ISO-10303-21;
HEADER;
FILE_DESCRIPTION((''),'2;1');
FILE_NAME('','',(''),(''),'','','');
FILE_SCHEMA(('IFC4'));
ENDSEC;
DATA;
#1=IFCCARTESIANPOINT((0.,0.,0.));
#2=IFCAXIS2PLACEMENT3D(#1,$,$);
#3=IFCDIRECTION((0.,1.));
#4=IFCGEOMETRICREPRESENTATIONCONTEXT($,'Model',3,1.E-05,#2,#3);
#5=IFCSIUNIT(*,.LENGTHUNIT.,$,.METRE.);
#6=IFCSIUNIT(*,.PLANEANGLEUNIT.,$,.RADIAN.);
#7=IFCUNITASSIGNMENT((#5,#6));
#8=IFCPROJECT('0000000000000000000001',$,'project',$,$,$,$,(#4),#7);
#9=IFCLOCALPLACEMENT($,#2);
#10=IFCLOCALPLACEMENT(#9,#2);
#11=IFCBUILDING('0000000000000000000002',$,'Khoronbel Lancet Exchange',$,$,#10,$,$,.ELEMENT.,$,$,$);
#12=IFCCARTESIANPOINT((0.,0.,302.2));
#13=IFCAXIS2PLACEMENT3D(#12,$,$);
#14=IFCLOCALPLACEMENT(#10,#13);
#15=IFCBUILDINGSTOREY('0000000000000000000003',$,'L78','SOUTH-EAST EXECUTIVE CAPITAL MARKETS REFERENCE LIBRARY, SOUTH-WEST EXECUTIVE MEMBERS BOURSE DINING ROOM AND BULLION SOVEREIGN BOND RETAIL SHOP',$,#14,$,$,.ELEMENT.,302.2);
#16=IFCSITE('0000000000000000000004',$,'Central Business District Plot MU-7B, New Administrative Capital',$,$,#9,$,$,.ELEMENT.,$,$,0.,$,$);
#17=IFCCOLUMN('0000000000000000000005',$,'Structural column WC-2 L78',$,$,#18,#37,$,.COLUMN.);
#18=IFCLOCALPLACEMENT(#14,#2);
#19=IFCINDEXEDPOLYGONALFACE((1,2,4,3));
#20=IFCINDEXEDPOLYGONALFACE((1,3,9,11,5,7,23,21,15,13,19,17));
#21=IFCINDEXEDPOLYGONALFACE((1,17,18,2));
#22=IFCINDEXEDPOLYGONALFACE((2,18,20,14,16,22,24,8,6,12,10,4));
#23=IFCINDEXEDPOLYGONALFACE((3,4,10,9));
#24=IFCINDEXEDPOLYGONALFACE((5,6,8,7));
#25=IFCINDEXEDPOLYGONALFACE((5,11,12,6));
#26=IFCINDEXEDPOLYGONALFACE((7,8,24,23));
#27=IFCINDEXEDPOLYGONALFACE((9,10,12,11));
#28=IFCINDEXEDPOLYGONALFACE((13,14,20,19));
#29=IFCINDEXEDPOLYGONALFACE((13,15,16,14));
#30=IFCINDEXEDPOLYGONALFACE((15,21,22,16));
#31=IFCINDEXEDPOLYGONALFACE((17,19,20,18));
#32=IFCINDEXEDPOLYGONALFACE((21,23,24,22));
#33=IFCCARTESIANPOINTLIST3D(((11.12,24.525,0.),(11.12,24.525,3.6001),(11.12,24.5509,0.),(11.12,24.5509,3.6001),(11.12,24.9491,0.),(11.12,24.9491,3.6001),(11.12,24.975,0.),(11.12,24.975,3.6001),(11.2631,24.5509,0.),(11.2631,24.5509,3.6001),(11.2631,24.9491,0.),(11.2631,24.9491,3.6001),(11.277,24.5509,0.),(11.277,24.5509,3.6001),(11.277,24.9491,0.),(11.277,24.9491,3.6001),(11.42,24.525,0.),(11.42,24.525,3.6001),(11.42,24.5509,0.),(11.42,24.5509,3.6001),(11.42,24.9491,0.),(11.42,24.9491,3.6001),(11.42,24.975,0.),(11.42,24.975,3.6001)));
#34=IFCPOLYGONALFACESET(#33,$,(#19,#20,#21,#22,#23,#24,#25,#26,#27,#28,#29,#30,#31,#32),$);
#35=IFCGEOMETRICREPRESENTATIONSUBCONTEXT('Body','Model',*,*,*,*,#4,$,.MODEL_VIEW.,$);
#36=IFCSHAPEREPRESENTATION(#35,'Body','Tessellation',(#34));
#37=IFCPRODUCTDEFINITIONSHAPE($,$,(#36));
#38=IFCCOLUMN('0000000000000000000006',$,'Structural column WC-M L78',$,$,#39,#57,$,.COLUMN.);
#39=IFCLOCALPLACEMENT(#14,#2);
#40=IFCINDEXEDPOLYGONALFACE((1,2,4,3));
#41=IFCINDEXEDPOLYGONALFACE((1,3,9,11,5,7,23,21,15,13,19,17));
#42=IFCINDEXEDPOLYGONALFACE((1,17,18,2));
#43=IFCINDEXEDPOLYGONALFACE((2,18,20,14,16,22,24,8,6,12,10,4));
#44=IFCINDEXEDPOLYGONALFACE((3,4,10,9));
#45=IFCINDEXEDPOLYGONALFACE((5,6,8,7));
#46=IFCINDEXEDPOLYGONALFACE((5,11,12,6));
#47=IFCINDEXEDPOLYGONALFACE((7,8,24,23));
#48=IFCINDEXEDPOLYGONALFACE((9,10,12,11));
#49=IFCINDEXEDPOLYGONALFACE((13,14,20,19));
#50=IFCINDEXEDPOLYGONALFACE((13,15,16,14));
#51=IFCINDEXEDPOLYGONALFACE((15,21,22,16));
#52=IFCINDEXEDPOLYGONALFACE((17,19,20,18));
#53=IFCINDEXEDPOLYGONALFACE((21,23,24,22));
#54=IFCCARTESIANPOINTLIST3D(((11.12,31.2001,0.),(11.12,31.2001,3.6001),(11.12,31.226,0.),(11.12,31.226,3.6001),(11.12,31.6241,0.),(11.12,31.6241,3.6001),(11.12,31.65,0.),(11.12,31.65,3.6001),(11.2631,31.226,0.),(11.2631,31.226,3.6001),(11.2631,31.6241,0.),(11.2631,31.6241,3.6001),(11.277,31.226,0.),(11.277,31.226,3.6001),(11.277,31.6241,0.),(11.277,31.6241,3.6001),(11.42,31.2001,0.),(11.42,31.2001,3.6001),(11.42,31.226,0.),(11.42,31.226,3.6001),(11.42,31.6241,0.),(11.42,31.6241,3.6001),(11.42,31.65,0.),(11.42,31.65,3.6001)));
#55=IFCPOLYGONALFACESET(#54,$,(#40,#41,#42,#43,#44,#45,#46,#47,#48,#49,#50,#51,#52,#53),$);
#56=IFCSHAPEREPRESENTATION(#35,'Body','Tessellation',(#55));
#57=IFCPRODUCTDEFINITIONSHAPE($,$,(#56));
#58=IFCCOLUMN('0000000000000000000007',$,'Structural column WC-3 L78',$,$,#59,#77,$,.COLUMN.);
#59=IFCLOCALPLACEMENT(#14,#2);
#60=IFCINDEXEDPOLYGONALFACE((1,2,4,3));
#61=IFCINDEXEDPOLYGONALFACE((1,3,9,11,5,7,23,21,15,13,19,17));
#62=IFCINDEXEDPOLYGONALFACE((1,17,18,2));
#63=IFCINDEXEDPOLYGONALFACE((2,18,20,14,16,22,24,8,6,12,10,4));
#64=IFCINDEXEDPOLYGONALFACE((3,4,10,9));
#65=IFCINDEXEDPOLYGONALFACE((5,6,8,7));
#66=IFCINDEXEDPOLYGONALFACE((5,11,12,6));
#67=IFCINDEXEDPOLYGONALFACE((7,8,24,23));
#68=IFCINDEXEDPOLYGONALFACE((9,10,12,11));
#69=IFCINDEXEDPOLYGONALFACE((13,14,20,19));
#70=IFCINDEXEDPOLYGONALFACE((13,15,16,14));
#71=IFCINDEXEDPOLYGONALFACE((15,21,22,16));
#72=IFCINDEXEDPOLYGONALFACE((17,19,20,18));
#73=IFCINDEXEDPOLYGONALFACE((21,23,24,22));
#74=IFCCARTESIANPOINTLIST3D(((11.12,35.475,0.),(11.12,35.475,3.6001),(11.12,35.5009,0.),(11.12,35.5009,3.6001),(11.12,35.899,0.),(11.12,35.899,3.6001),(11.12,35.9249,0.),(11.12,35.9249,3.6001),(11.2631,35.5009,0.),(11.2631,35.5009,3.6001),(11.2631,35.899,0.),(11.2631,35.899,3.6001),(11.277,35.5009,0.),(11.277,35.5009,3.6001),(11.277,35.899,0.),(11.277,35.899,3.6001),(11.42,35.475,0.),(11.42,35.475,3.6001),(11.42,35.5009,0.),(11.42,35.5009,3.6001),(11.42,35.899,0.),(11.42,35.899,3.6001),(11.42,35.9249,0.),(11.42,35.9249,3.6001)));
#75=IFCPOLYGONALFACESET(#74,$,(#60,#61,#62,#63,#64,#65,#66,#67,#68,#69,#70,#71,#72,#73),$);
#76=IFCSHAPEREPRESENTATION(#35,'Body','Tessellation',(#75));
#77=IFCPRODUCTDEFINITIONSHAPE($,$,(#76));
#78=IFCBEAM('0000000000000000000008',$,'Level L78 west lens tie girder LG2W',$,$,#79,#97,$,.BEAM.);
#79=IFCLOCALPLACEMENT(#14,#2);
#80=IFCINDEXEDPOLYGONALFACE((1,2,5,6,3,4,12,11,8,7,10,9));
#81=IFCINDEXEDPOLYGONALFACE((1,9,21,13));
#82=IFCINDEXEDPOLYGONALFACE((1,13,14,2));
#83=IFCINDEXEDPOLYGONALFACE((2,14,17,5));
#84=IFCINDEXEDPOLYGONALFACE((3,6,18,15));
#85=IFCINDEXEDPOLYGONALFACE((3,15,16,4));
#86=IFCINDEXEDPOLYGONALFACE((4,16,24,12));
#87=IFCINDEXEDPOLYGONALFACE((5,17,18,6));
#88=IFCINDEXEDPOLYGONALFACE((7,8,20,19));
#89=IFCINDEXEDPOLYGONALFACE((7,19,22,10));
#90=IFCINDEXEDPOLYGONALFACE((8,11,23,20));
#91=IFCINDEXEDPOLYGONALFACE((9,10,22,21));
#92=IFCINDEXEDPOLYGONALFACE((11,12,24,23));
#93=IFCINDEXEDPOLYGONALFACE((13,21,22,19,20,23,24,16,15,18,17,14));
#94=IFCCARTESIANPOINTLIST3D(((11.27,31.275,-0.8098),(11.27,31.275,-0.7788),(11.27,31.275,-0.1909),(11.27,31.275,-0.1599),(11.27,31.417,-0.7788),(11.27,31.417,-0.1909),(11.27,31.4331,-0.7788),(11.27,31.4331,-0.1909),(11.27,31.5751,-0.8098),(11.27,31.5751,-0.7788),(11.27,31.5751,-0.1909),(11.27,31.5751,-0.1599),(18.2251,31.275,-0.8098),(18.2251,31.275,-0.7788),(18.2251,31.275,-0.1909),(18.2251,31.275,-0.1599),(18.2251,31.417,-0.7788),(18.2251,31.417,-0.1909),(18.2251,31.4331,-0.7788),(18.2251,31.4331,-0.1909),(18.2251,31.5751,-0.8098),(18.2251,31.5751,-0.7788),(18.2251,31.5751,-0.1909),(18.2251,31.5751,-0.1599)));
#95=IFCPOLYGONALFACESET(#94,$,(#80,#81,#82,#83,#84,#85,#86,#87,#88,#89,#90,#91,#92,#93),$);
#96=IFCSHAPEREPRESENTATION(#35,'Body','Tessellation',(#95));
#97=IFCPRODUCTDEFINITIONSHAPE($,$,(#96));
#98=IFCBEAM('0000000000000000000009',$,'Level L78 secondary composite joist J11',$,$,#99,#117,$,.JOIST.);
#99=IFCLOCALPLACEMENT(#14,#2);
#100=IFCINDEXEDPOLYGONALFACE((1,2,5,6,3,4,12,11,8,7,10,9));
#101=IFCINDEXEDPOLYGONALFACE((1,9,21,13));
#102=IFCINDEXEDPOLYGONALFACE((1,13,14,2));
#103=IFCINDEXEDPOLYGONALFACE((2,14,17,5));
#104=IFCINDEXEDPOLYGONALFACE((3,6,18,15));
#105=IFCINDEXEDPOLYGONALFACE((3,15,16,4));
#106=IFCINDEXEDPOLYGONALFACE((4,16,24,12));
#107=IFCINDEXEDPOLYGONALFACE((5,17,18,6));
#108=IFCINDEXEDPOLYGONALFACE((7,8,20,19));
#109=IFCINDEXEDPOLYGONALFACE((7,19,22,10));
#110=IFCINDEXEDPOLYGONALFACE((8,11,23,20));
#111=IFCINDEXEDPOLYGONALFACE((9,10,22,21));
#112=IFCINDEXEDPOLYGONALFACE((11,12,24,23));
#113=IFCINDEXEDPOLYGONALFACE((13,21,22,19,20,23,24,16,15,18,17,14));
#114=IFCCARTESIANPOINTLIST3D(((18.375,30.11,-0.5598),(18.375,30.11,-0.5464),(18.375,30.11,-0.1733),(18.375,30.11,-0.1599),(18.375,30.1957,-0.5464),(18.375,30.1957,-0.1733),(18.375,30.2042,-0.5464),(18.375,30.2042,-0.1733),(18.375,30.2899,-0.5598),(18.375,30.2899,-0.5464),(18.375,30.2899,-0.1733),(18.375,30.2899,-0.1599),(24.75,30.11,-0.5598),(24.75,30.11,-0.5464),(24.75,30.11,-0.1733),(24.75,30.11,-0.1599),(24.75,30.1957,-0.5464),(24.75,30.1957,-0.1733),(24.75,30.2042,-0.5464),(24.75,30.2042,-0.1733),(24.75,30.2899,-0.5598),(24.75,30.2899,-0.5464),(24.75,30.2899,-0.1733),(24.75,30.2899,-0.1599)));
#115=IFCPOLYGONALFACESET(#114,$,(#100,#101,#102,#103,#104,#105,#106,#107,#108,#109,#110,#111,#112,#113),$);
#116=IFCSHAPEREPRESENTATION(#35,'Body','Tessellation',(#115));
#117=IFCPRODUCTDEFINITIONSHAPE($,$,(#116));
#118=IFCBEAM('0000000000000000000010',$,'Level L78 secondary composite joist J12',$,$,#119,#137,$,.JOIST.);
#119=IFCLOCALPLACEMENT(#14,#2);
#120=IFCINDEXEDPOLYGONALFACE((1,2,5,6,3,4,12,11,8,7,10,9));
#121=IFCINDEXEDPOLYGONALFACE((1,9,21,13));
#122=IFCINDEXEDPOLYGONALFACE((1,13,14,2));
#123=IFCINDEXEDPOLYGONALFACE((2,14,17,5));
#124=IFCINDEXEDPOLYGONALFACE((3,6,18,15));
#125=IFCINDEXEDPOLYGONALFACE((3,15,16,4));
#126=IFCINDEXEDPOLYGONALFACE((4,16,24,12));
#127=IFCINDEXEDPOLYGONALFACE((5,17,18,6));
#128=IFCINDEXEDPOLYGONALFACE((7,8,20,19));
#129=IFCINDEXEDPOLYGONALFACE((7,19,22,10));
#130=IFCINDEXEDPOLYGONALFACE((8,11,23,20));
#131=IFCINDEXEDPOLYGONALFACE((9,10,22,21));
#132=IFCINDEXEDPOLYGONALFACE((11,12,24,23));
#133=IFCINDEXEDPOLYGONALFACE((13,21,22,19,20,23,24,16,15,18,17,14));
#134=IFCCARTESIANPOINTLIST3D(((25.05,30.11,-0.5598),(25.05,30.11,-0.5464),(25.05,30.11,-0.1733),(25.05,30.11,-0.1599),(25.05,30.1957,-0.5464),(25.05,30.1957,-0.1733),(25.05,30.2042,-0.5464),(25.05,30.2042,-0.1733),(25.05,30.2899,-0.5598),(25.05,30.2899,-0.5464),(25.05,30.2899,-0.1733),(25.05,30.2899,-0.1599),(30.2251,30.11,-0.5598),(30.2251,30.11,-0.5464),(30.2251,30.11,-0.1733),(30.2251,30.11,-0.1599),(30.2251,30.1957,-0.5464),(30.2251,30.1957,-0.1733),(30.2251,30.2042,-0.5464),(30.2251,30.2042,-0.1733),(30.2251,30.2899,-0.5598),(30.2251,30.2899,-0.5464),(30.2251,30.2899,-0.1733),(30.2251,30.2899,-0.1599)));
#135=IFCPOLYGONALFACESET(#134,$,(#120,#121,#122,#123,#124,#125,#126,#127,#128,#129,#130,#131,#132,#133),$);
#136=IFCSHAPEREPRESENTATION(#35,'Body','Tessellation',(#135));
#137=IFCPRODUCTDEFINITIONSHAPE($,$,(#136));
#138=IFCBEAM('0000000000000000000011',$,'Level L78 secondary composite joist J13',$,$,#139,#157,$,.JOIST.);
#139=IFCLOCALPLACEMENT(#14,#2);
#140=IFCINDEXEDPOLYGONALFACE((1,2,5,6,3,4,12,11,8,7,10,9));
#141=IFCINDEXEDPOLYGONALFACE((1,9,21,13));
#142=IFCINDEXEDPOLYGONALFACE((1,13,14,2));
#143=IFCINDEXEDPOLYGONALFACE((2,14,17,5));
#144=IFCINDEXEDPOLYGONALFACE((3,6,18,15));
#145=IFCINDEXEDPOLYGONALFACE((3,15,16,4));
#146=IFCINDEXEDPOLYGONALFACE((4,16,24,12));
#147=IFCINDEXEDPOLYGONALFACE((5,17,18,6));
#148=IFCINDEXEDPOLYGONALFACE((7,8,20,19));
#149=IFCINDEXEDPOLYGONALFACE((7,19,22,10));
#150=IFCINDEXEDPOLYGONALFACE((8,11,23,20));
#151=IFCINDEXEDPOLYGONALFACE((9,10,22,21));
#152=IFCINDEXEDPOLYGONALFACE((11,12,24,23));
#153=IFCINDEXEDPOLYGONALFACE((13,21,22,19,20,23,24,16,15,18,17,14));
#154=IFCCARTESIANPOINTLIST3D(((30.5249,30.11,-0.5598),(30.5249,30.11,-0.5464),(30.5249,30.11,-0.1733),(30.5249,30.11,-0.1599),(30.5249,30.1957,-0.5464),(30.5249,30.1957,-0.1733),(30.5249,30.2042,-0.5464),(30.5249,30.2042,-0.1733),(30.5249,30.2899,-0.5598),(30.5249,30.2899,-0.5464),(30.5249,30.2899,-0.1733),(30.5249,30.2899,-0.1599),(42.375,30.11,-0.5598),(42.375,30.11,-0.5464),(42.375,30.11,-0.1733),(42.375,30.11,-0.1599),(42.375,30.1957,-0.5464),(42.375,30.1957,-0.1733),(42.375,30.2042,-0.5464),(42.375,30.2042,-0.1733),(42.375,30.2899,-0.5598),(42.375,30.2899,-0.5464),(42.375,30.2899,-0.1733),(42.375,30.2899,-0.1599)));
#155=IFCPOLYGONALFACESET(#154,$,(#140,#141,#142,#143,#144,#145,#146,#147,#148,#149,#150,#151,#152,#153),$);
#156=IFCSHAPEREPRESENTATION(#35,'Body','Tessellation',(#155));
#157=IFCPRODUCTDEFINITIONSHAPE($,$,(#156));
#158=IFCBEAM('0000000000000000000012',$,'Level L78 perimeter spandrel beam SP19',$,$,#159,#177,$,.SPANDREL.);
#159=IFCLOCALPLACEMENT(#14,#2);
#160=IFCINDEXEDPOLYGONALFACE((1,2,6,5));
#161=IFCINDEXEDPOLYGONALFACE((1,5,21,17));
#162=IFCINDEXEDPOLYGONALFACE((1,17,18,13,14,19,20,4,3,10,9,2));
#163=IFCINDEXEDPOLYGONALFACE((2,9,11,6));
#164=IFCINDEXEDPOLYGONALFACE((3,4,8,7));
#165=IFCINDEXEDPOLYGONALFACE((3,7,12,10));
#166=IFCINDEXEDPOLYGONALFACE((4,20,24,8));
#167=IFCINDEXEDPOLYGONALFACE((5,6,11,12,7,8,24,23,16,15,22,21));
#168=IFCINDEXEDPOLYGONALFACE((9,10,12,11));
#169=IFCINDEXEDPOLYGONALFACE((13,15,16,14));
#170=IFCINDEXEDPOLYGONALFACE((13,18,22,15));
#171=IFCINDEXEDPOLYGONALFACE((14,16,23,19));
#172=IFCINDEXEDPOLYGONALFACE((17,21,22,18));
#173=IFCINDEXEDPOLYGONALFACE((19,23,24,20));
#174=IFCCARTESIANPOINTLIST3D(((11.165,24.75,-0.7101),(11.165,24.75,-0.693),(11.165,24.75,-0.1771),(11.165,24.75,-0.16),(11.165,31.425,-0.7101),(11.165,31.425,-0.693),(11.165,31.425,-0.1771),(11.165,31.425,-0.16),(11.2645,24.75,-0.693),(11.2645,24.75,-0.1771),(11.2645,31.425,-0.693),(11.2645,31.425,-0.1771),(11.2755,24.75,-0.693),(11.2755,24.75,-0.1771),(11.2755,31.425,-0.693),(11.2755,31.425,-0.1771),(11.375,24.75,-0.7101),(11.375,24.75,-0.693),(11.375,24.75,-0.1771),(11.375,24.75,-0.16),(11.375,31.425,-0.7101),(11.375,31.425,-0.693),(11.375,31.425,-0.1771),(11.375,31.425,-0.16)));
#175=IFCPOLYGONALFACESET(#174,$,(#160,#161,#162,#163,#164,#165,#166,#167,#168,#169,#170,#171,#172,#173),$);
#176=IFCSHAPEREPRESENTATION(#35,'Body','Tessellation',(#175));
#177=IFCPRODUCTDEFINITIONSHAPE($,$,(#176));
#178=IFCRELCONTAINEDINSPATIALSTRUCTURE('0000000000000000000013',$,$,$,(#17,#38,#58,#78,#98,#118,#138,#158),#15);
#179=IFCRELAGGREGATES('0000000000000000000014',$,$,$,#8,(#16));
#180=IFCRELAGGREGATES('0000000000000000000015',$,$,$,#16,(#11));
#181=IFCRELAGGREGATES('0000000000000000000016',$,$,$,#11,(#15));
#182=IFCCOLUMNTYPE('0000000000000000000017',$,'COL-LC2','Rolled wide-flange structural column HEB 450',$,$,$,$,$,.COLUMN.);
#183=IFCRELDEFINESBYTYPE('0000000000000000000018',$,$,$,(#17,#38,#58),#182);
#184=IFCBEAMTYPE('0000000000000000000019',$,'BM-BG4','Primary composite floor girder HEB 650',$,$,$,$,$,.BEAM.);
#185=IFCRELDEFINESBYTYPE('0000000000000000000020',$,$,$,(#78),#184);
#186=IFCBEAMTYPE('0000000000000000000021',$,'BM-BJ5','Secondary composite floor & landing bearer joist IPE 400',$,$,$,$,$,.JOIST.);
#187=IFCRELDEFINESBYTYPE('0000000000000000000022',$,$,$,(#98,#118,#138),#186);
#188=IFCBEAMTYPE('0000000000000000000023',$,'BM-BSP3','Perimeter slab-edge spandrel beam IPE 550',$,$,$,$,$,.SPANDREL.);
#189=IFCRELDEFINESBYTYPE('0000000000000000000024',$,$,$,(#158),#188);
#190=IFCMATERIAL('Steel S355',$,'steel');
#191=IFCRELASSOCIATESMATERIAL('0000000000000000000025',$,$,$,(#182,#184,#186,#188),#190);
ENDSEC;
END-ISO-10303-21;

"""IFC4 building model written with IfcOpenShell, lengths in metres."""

from ifc_helpers import new_model, si_unit, direction, frame, origin, origin_2d, place, context, subcontext, project, spatial, i_section, extrude, material, material_profile, profile_set, type_object, element, save


model = new_model("IFC4")

# Units and contexts
model_context = context("Model", 3, precision=1e-05, world=origin(), true_north=direction((0.0, 1.0)))
body_context = subcontext(model_context, "Body", "Model", "MODEL_VIEW")
ifc_project = project(units=[si_unit("LENGTHUNIT", "METRE"), si_unit("PLANEANGLEUNIT", "RADIAN")], contexts=[model_context])

# Site, building, storey
site_placement = place(None, origin())
site = spatial("IfcSite", under=ifc_project, at=site_placement, Name="Central Business District Plot MU-7B, New Administrative Capital", CompositionType="ELEMENT", RefElevation=0.0)
building_placement = place(site_placement, origin())
building = spatial("IfcBuilding", under=site, at=building_placement, Name="Khoronbel Lancet Exchange", CompositionType="ELEMENT")
storey_placement = place(building_placement, frame((0.0, 0.0, 302.2)))
storey = spatial("IfcBuildingStorey", under=building, at=storey_placement, Name="L78", Description="SOUTH-EAST EXECUTIVE CAPITAL MARKETS REFERENCE LIBRARY, SOUTH-WEST EXECUTIVE MEMBERS BOURSE DINING ROOM AND BULLION SOVEREIGN BOND RETAIL SHOP", CompositionType="ELEMENT", Elevation=302.2)

# Columns
ifc_material_1 = material(Name="Steel S355", Category="steel")
ifc_material_profile_1 = material_profile(ifc_material_1, i_section(OverallWidth=0.3, OverallDepth=0.45, WebThickness=0.0139, FlangeThickness=0.0259, at=origin_2d()), Name="HEB 450")
ifc_profile_set_1 = profile_set([ifc_material_profile_1], Name="Steel S355")
column_type = type_object("IfcColumnType", Name="COL-LC2", Description="Rolled wide-flange structural column HEB 450", PredefinedType="COLUMN", material=ifc_profile_set_1)
for number, where, z_axis, x_axis, name in (
    (1, (11.27, 24.75, 0.0), (0.0, 0.0, 1.0), (1.0, 0.0, 0.0), "Structural column WC-2 L78"),
    (2, (11.27, 31.425, 0.0), (0.0, 0.0, 1.0), (1.0, 0.0, 0.0), "Structural column WC-M L78"),
    (3, (11.27, 35.7, 0.0), (0.0, 0.0, 1.0), (1.0, 0.0, 0.0), "Structural column WC-3 L78"),
):
    element("IfcColumn", number, at=place(storey_placement, frame(where, z_axis=z_axis, x_axis=x_axis)), inside=storey, type_object=column_type, Name=name, PredefinedType="COLUMN", context=body_context, shape_type="SweptSolid", body=[
        extrude(i_section(OverallWidth=0.3, OverallDepth=0.45, WebThickness=0.0139, FlangeThickness=0.0259, at=origin_2d()), origin(), (0.0, 0.0, 1.0), 3.6001),
    ])

# Beams
ifc_material_profile_2 = material_profile(ifc_material_1, i_section(OverallWidth=0.3, OverallDepth=0.6499, WebThickness=0.0161, FlangeThickness=0.031, at=origin_2d()), Name="HEB 650")
ifc_profile_set_2 = profile_set([ifc_material_profile_2], Name="Steel S355")
beam_type_1 = type_object("IfcBeamType", Name="BM-BG4", Description="Primary composite floor girder HEB 650", PredefinedType="BEAM", material=ifc_profile_set_2)
beam_1_placement = place(storey_placement, frame((11.27, 31.425, -0.4849), z_axis=(1.0, 0.0, 0.0), x_axis=(0.0, 1.0, 0.0)))
element("IfcBeam", 4, at=beam_1_placement, inside=storey, type_object=beam_type_1, Name="Level L78 west lens tie girder LG2W", PredefinedType="BEAM", context=body_context, shape_type="SweptSolid", body=[
    extrude(i_section(OverallWidth=0.3, OverallDepth=0.6499, WebThickness=0.0161, FlangeThickness=0.031, at=origin_2d()), origin(), (0.0, 0.0, 1.0), 6.9551),
])
ifc_material_profile_3 = material_profile(ifc_material_1, i_section(OverallWidth=0.1799, OverallDepth=0.3999, WebThickness=0.0085, FlangeThickness=0.0134, at=origin_2d()), Name="IPE 400")
ifc_profile_set_3 = profile_set([ifc_material_profile_3], Name="Steel S355")
beam_type_2 = type_object("IfcBeamType", Name="BM-BJ5", Description="Secondary composite floor & landing bearer joist IPE 400", PredefinedType="JOIST", material=ifc_profile_set_3)
beam_2_placement = place(storey_placement, frame((18.375, 30.2, -0.3599), z_axis=(1.0, 0.0, 0.0), x_axis=(0.0, 1.0, 0.0)))
element("IfcBeam", 5, at=beam_2_placement, inside=storey, type_object=beam_type_2, Name="Level L78 secondary composite joist J11", PredefinedType="JOIST", context=body_context, shape_type="SweptSolid", body=[
    extrude(i_section(OverallWidth=0.1799, OverallDepth=0.3999, WebThickness=0.0085, FlangeThickness=0.0134, at=origin_2d()), origin(), (0.0, 0.0, 1.0), 6.375),
])
beam_3_placement = place(storey_placement, frame((25.05, 30.2, -0.3599), z_axis=(1.0, 0.0, 0.0), x_axis=(0.0, 1.0, 0.0)))
element("IfcBeam", 6, at=beam_3_placement, inside=storey, type_object=beam_type_2, Name="Level L78 secondary composite joist J12", PredefinedType="JOIST", context=body_context, shape_type="SweptSolid", body=[
    extrude(i_section(OverallWidth=0.1799, OverallDepth=0.3999, WebThickness=0.0085, FlangeThickness=0.0134, at=origin_2d()), origin(), (0.0, 0.0, 1.0), 5.175),
])
beam_4_placement = place(storey_placement, frame((30.5249, 30.2, -0.3599), z_axis=(1.0, 0.0, 0.0), x_axis=(0.0, 1.0, 0.0)))
element("IfcBeam", 7, at=beam_4_placement, inside=storey, type_object=beam_type_2, Name="Level L78 secondary composite joist J13", PredefinedType="JOIST", context=body_context, shape_type="SweptSolid", body=[
    extrude(i_section(OverallWidth=0.1799, OverallDepth=0.3999, WebThickness=0.0085, FlangeThickness=0.0134, at=origin_2d()), origin(), (0.0, 0.0, 1.0), 11.8501),
])
ifc_material_profile_4 = material_profile(ifc_material_1, i_section(OverallWidth=0.21, OverallDepth=0.55, WebThickness=0.011, FlangeThickness=0.0171, at=origin_2d()), Name="IPE 550")
ifc_profile_set_4 = profile_set([ifc_material_profile_4], Name="Steel S355")
beam_type_3 = type_object("IfcBeamType", Name="BM-BSP3", Description="Perimeter slab-edge spandrel beam IPE 550", PredefinedType="SPANDREL", material=ifc_profile_set_4)
beam_5_placement = place(storey_placement, frame((11.27, 31.425, -0.4351), z_axis=(0.0, -1.0, 0.0), x_axis=(1.0, 0.0, 0.0)))
element("IfcBeam", 8, at=beam_5_placement, inside=storey, type_object=beam_type_3, Name="Level L78 perimeter spandrel beam SP19", PredefinedType="SPANDREL", context=body_context, shape_type="SweptSolid", body=[
    extrude(i_section(OverallWidth=0.21, OverallDepth=0.55, WebThickness=0.011, FlangeThickness=0.0171, at=origin_2d()), origin(), (0.0, 0.0, 1.0), 6.675),
])

save(model, "model.ifc")
